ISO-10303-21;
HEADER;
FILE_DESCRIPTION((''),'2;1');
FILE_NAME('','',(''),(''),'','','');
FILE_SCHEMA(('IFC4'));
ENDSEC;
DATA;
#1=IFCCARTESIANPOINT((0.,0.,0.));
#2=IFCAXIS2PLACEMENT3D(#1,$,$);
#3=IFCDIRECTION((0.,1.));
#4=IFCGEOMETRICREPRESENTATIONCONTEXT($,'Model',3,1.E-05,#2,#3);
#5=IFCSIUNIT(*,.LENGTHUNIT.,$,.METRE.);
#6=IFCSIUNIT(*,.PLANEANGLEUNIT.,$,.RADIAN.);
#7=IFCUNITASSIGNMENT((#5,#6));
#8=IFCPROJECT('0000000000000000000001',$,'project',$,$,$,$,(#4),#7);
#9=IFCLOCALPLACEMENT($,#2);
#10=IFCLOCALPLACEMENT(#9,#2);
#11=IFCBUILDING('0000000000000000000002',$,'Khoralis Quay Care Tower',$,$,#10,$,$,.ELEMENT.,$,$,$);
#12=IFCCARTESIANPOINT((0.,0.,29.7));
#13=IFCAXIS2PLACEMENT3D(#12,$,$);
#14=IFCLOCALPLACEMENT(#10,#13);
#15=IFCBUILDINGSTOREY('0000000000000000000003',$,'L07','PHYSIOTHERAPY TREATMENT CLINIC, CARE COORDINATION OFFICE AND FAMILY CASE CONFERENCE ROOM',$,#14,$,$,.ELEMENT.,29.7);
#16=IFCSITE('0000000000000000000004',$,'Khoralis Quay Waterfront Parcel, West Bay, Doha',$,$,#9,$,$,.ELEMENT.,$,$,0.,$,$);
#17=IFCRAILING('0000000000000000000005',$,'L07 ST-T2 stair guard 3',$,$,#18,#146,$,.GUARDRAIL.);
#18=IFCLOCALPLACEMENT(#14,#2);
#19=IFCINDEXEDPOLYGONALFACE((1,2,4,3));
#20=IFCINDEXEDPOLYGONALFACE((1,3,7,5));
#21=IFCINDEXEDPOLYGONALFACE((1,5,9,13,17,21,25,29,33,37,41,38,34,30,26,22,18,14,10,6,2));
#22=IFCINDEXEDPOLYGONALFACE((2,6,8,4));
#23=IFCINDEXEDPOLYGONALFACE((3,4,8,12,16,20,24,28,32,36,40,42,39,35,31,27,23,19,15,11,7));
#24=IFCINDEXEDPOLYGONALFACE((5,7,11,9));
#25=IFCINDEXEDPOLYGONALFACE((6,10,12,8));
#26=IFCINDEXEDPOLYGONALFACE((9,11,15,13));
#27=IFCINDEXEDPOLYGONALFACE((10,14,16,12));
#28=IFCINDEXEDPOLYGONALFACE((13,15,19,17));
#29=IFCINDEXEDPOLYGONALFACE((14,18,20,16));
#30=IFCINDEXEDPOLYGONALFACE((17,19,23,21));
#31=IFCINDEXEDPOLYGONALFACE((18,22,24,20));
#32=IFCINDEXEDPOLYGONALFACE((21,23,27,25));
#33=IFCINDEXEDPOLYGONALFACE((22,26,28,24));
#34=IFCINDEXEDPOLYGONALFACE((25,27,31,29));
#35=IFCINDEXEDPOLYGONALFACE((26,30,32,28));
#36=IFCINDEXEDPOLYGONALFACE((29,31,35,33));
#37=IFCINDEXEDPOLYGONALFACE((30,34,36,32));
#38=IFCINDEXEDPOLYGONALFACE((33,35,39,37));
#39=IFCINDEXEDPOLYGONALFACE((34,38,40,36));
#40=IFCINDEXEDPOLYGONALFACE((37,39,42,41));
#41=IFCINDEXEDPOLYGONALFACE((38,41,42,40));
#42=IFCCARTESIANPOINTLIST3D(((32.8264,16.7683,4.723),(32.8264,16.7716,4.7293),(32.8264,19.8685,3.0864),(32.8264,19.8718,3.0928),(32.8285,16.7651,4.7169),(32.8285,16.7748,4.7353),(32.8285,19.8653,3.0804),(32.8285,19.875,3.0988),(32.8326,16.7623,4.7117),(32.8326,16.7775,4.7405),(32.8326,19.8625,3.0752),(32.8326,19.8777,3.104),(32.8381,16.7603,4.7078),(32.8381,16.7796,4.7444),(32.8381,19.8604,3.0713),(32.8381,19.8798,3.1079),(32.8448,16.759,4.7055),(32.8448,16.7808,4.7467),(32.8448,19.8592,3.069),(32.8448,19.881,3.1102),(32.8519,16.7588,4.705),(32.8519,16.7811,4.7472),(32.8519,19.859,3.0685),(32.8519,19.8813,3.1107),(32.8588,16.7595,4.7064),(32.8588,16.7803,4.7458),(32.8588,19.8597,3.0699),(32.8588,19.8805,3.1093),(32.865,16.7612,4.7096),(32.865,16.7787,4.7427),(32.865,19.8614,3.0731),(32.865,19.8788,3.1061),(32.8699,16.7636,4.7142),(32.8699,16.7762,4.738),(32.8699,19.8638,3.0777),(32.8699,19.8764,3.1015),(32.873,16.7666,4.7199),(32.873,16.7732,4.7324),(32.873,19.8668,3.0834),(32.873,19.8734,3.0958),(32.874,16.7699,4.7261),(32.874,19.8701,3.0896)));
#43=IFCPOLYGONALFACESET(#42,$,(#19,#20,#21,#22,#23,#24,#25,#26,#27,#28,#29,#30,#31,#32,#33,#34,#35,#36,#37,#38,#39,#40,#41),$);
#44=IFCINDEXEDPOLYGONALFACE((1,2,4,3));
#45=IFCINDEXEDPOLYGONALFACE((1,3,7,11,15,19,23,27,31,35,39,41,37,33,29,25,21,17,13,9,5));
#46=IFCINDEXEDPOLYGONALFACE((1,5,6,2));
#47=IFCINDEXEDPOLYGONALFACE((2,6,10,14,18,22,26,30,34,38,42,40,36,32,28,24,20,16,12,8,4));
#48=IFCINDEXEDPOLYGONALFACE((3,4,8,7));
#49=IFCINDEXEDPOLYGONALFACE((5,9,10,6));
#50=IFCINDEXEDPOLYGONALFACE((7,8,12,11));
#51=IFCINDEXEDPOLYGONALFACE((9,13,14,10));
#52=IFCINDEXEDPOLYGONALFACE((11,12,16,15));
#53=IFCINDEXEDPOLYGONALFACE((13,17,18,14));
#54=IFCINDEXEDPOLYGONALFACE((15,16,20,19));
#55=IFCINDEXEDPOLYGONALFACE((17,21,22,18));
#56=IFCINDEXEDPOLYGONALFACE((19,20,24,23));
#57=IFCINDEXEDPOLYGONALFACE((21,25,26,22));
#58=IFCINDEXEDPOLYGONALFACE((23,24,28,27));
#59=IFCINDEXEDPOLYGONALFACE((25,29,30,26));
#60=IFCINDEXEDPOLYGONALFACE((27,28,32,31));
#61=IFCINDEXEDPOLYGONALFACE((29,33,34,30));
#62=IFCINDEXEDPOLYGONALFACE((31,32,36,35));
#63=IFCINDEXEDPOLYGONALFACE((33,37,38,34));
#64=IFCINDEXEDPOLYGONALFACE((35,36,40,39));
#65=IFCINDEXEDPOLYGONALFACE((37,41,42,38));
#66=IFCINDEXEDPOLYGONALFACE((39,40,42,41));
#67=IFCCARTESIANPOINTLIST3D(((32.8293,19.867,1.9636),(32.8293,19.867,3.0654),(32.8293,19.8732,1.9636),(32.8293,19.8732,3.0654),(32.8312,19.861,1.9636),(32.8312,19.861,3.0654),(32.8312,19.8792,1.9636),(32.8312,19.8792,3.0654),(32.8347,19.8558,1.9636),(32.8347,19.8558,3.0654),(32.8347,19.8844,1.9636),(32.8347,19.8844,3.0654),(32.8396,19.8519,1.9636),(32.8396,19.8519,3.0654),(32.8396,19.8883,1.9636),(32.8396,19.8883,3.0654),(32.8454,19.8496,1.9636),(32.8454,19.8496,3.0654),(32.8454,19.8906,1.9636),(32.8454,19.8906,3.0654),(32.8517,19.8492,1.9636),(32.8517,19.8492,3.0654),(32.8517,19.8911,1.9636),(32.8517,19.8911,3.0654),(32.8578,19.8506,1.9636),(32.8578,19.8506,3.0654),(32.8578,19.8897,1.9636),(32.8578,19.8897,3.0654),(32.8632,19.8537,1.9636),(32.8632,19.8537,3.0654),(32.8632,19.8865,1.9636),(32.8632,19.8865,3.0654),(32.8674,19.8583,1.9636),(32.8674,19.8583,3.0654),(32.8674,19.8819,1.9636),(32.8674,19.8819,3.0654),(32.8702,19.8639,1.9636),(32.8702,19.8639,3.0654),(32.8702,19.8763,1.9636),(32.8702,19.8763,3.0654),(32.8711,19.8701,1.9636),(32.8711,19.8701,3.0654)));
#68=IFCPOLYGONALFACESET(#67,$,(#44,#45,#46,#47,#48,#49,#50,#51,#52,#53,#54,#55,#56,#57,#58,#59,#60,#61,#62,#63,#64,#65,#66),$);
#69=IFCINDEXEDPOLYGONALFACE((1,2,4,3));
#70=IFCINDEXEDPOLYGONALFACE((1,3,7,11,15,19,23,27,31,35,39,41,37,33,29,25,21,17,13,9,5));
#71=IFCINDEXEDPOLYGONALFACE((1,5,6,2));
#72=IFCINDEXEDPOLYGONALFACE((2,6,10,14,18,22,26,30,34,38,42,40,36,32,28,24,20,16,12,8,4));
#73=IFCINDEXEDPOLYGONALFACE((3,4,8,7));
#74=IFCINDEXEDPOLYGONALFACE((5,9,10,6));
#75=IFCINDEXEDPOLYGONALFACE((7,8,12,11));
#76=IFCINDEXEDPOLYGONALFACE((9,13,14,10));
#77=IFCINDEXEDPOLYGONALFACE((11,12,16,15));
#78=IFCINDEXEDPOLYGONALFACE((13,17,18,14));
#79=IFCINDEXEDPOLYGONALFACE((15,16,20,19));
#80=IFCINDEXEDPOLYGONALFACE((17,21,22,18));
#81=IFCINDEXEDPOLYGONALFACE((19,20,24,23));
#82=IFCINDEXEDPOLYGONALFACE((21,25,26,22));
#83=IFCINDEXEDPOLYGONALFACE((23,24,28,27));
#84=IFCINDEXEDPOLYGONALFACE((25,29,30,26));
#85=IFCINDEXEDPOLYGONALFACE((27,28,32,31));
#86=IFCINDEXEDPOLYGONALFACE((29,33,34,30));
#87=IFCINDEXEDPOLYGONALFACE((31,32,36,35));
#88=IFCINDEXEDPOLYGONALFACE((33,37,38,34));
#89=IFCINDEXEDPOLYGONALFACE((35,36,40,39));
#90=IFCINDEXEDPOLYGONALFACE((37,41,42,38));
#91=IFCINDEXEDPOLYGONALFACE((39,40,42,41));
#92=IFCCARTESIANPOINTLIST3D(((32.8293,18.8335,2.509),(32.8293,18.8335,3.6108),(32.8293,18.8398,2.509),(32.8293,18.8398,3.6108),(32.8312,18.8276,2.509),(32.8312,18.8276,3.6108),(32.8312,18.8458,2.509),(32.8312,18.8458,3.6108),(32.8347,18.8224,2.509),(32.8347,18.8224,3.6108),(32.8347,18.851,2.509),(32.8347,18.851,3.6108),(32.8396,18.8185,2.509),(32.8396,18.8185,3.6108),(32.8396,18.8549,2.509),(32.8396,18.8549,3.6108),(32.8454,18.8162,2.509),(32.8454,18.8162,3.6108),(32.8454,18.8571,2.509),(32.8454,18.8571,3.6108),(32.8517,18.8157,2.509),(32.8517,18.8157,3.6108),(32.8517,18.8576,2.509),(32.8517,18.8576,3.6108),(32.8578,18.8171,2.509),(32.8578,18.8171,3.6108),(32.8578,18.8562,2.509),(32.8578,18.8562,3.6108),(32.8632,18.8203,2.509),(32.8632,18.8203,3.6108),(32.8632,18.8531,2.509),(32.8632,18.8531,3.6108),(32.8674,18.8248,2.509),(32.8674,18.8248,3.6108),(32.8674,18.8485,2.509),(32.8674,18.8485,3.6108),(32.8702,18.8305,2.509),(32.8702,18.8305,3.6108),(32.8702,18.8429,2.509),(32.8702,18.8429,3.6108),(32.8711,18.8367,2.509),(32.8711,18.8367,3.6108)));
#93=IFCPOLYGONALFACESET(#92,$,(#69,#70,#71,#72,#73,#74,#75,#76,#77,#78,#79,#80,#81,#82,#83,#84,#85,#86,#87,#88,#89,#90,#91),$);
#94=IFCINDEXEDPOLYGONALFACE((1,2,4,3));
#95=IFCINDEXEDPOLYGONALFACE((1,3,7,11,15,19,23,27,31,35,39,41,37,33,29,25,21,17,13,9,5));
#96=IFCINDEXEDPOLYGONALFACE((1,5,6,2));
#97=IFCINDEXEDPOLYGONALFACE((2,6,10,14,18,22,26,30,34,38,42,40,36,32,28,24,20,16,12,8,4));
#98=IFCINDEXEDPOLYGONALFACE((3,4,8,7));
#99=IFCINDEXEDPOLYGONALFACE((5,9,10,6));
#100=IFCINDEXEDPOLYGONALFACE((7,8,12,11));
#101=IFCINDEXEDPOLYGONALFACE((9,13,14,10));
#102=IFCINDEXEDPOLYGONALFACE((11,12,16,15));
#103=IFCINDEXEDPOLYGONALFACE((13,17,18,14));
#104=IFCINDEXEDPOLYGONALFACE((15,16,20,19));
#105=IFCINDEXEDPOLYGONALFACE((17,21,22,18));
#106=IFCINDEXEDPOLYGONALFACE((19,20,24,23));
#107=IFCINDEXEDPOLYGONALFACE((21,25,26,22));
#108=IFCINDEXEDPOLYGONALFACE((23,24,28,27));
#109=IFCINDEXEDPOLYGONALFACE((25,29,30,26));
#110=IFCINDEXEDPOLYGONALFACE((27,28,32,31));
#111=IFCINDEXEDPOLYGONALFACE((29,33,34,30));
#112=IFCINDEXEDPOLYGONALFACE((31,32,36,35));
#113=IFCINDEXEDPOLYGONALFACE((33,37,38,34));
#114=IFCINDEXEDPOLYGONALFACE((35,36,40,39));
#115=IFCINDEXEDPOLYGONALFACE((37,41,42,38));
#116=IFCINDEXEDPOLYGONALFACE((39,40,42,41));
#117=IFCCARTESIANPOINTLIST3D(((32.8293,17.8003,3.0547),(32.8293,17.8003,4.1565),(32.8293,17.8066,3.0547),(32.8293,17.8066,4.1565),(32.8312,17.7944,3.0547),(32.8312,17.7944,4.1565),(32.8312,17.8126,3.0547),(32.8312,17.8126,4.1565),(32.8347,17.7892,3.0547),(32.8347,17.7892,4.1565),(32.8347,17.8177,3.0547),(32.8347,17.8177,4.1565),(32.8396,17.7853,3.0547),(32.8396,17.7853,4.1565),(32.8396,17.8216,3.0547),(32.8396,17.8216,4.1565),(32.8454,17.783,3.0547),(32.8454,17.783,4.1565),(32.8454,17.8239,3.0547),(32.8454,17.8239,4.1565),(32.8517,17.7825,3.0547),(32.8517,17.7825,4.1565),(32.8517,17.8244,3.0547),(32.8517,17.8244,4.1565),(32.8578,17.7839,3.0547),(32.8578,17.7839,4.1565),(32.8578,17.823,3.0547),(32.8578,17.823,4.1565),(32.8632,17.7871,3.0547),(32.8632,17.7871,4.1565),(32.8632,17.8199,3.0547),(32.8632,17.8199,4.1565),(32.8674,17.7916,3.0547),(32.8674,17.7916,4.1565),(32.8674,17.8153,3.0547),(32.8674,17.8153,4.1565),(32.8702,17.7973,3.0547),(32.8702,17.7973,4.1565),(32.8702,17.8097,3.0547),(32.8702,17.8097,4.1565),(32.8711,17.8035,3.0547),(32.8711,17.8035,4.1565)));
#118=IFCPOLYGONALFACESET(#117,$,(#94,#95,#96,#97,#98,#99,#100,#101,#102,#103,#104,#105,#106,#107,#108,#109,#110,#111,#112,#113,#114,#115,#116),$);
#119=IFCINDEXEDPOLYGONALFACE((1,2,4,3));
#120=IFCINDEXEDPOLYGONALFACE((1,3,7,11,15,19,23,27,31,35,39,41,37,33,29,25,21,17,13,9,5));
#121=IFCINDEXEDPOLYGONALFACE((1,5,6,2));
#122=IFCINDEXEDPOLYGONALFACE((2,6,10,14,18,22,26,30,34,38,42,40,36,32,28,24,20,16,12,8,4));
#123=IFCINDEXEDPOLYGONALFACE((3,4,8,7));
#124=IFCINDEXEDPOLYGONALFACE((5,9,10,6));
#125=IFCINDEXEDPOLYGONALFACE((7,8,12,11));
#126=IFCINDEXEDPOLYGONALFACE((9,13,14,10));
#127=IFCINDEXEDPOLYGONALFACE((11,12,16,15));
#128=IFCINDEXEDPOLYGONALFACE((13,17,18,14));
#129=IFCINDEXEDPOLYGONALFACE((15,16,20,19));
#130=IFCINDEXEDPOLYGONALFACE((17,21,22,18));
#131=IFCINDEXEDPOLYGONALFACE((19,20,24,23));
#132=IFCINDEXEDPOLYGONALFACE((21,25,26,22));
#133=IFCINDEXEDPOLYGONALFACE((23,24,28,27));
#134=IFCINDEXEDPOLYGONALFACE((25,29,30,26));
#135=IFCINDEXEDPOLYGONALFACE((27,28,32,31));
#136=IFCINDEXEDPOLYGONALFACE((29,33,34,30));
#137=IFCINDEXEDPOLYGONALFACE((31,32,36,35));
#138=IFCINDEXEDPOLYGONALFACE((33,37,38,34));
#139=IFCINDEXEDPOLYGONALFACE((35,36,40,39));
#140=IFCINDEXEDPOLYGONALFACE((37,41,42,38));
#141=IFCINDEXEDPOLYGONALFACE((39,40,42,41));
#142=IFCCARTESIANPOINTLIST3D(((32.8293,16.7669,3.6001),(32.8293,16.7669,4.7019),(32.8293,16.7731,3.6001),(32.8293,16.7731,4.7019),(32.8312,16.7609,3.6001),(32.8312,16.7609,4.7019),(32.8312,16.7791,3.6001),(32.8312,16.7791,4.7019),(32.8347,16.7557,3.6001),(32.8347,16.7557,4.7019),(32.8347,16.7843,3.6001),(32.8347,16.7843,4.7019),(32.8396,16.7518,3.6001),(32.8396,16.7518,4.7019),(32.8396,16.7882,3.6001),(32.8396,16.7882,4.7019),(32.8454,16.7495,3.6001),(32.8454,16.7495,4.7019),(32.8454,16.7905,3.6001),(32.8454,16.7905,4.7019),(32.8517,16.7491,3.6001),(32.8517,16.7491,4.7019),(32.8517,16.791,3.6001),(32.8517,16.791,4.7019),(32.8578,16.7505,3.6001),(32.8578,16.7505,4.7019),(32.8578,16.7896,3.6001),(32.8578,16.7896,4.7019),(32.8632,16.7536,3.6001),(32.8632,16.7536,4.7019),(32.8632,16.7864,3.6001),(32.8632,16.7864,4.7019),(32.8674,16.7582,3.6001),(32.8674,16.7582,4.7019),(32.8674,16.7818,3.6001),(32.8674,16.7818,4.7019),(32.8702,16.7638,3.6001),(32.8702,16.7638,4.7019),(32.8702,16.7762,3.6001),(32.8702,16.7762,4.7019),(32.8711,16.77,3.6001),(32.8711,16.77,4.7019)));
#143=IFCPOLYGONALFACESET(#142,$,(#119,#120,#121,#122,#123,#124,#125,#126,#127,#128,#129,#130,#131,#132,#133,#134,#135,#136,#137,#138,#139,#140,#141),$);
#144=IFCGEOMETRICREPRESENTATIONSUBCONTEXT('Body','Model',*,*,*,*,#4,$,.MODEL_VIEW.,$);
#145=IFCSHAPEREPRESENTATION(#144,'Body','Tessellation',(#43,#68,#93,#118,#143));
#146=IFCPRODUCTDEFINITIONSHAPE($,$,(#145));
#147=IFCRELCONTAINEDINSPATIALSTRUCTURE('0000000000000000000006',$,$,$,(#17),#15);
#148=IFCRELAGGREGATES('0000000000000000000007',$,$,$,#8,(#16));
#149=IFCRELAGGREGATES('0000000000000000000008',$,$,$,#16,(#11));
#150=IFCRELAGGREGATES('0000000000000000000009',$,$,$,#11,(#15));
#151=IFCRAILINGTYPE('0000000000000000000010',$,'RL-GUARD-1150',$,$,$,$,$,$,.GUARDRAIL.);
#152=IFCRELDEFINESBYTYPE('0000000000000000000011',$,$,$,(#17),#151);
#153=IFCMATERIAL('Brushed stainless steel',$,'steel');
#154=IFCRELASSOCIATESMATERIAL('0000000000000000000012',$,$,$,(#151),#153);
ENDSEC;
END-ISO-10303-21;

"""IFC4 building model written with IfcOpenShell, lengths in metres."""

from ifc_helpers import new_model, si_unit, direction, frame, origin, origin_2d, place, context, subcontext, project, spatial, circle, extrude, material, type_object, element, save


model = new_model("IFC4")

# Units and contexts
model_context = context("Model", 3, precision=1e-05, world=origin(), true_north=direction((0.0, 1.0)))
body_context = subcontext(model_context, "Body", "Model", "MODEL_VIEW")
ifc_project = project(units=[si_unit("LENGTHUNIT", "METRE"), si_unit("PLANEANGLEUNIT", "RADIAN")], contexts=[model_context])

# Site, building, storey
site_placement = place(None, origin())
site = spatial("IfcSite", under=ifc_project, at=site_placement, Name="Khoralis Quay Waterfront Parcel, West Bay, Doha", CompositionType="ELEMENT", RefElevation=0.0)
building_placement = place(site_placement, origin())
building = spatial("IfcBuilding", under=site, at=building_placement, Name="Khoralis Quay Care Tower", CompositionType="ELEMENT")
storey_placement = place(building_placement, frame((0.0, 0.0, 29.7)))
storey = spatial("IfcBuildingStorey", under=building, at=storey_placement, Name="L07", Description="PHYSIOTHERAPY TREATMENT CLINIC, CARE COORDINATION OFFICE AND FAMILY CASE CONFERENCE ROOM", CompositionType="ELEMENT", Elevation=29.7)

# Shared definitions
ifc_material_1 = material(Name="Brushed stainless steel", Category="steel")

# Railing
railing_type_1 = type_object("IfcRailingType", Name="RL-GUARD-1150", PredefinedType="GUARDRAIL", material=ifc_material_1)
railing_1_placement = place(storey_placement, frame((32.8501, 19.8701, 1.9636)))
element("IfcRailing", 1, at=railing_1_placement, inside=storey, type_object=railing_type_1, Name="L07 ST-T2 stair guard 3", PredefinedType="GUARDRAIL", context=body_context, shape_type="SweptSolid", body=[
    extrude(circle(Radius=0.0239, at=origin_2d()), frame((0.0, 0.0, 1.126), z_axis=(0.0, -0.884348, 0.466828), x_axis=(1.0, 0.0, 0.0)), (0.0, 0.0, 1.0), 3.5056),
    extrude(circle(Radius=0.021, at=origin_2d()), origin(), (0.0, 0.0, 1.0), 1.1018),
    extrude(circle(Radius=0.021, at=origin_2d()), frame((0.0, -1.0334, 0.5454)), (0.0, 0.0, 1.0), 1.1018),
    extrude(circle(Radius=0.021, at=origin_2d()), frame((0.0, -2.0667, 1.0911)), (0.0, 0.0, 1.0), 1.1018),
    extrude(circle(Radius=0.021, at=origin_2d()), frame((0.0, -3.1001, 1.6365)), (0.0, 0.0, 1.0), 1.1018),
])

save(model, "model.ifc")
